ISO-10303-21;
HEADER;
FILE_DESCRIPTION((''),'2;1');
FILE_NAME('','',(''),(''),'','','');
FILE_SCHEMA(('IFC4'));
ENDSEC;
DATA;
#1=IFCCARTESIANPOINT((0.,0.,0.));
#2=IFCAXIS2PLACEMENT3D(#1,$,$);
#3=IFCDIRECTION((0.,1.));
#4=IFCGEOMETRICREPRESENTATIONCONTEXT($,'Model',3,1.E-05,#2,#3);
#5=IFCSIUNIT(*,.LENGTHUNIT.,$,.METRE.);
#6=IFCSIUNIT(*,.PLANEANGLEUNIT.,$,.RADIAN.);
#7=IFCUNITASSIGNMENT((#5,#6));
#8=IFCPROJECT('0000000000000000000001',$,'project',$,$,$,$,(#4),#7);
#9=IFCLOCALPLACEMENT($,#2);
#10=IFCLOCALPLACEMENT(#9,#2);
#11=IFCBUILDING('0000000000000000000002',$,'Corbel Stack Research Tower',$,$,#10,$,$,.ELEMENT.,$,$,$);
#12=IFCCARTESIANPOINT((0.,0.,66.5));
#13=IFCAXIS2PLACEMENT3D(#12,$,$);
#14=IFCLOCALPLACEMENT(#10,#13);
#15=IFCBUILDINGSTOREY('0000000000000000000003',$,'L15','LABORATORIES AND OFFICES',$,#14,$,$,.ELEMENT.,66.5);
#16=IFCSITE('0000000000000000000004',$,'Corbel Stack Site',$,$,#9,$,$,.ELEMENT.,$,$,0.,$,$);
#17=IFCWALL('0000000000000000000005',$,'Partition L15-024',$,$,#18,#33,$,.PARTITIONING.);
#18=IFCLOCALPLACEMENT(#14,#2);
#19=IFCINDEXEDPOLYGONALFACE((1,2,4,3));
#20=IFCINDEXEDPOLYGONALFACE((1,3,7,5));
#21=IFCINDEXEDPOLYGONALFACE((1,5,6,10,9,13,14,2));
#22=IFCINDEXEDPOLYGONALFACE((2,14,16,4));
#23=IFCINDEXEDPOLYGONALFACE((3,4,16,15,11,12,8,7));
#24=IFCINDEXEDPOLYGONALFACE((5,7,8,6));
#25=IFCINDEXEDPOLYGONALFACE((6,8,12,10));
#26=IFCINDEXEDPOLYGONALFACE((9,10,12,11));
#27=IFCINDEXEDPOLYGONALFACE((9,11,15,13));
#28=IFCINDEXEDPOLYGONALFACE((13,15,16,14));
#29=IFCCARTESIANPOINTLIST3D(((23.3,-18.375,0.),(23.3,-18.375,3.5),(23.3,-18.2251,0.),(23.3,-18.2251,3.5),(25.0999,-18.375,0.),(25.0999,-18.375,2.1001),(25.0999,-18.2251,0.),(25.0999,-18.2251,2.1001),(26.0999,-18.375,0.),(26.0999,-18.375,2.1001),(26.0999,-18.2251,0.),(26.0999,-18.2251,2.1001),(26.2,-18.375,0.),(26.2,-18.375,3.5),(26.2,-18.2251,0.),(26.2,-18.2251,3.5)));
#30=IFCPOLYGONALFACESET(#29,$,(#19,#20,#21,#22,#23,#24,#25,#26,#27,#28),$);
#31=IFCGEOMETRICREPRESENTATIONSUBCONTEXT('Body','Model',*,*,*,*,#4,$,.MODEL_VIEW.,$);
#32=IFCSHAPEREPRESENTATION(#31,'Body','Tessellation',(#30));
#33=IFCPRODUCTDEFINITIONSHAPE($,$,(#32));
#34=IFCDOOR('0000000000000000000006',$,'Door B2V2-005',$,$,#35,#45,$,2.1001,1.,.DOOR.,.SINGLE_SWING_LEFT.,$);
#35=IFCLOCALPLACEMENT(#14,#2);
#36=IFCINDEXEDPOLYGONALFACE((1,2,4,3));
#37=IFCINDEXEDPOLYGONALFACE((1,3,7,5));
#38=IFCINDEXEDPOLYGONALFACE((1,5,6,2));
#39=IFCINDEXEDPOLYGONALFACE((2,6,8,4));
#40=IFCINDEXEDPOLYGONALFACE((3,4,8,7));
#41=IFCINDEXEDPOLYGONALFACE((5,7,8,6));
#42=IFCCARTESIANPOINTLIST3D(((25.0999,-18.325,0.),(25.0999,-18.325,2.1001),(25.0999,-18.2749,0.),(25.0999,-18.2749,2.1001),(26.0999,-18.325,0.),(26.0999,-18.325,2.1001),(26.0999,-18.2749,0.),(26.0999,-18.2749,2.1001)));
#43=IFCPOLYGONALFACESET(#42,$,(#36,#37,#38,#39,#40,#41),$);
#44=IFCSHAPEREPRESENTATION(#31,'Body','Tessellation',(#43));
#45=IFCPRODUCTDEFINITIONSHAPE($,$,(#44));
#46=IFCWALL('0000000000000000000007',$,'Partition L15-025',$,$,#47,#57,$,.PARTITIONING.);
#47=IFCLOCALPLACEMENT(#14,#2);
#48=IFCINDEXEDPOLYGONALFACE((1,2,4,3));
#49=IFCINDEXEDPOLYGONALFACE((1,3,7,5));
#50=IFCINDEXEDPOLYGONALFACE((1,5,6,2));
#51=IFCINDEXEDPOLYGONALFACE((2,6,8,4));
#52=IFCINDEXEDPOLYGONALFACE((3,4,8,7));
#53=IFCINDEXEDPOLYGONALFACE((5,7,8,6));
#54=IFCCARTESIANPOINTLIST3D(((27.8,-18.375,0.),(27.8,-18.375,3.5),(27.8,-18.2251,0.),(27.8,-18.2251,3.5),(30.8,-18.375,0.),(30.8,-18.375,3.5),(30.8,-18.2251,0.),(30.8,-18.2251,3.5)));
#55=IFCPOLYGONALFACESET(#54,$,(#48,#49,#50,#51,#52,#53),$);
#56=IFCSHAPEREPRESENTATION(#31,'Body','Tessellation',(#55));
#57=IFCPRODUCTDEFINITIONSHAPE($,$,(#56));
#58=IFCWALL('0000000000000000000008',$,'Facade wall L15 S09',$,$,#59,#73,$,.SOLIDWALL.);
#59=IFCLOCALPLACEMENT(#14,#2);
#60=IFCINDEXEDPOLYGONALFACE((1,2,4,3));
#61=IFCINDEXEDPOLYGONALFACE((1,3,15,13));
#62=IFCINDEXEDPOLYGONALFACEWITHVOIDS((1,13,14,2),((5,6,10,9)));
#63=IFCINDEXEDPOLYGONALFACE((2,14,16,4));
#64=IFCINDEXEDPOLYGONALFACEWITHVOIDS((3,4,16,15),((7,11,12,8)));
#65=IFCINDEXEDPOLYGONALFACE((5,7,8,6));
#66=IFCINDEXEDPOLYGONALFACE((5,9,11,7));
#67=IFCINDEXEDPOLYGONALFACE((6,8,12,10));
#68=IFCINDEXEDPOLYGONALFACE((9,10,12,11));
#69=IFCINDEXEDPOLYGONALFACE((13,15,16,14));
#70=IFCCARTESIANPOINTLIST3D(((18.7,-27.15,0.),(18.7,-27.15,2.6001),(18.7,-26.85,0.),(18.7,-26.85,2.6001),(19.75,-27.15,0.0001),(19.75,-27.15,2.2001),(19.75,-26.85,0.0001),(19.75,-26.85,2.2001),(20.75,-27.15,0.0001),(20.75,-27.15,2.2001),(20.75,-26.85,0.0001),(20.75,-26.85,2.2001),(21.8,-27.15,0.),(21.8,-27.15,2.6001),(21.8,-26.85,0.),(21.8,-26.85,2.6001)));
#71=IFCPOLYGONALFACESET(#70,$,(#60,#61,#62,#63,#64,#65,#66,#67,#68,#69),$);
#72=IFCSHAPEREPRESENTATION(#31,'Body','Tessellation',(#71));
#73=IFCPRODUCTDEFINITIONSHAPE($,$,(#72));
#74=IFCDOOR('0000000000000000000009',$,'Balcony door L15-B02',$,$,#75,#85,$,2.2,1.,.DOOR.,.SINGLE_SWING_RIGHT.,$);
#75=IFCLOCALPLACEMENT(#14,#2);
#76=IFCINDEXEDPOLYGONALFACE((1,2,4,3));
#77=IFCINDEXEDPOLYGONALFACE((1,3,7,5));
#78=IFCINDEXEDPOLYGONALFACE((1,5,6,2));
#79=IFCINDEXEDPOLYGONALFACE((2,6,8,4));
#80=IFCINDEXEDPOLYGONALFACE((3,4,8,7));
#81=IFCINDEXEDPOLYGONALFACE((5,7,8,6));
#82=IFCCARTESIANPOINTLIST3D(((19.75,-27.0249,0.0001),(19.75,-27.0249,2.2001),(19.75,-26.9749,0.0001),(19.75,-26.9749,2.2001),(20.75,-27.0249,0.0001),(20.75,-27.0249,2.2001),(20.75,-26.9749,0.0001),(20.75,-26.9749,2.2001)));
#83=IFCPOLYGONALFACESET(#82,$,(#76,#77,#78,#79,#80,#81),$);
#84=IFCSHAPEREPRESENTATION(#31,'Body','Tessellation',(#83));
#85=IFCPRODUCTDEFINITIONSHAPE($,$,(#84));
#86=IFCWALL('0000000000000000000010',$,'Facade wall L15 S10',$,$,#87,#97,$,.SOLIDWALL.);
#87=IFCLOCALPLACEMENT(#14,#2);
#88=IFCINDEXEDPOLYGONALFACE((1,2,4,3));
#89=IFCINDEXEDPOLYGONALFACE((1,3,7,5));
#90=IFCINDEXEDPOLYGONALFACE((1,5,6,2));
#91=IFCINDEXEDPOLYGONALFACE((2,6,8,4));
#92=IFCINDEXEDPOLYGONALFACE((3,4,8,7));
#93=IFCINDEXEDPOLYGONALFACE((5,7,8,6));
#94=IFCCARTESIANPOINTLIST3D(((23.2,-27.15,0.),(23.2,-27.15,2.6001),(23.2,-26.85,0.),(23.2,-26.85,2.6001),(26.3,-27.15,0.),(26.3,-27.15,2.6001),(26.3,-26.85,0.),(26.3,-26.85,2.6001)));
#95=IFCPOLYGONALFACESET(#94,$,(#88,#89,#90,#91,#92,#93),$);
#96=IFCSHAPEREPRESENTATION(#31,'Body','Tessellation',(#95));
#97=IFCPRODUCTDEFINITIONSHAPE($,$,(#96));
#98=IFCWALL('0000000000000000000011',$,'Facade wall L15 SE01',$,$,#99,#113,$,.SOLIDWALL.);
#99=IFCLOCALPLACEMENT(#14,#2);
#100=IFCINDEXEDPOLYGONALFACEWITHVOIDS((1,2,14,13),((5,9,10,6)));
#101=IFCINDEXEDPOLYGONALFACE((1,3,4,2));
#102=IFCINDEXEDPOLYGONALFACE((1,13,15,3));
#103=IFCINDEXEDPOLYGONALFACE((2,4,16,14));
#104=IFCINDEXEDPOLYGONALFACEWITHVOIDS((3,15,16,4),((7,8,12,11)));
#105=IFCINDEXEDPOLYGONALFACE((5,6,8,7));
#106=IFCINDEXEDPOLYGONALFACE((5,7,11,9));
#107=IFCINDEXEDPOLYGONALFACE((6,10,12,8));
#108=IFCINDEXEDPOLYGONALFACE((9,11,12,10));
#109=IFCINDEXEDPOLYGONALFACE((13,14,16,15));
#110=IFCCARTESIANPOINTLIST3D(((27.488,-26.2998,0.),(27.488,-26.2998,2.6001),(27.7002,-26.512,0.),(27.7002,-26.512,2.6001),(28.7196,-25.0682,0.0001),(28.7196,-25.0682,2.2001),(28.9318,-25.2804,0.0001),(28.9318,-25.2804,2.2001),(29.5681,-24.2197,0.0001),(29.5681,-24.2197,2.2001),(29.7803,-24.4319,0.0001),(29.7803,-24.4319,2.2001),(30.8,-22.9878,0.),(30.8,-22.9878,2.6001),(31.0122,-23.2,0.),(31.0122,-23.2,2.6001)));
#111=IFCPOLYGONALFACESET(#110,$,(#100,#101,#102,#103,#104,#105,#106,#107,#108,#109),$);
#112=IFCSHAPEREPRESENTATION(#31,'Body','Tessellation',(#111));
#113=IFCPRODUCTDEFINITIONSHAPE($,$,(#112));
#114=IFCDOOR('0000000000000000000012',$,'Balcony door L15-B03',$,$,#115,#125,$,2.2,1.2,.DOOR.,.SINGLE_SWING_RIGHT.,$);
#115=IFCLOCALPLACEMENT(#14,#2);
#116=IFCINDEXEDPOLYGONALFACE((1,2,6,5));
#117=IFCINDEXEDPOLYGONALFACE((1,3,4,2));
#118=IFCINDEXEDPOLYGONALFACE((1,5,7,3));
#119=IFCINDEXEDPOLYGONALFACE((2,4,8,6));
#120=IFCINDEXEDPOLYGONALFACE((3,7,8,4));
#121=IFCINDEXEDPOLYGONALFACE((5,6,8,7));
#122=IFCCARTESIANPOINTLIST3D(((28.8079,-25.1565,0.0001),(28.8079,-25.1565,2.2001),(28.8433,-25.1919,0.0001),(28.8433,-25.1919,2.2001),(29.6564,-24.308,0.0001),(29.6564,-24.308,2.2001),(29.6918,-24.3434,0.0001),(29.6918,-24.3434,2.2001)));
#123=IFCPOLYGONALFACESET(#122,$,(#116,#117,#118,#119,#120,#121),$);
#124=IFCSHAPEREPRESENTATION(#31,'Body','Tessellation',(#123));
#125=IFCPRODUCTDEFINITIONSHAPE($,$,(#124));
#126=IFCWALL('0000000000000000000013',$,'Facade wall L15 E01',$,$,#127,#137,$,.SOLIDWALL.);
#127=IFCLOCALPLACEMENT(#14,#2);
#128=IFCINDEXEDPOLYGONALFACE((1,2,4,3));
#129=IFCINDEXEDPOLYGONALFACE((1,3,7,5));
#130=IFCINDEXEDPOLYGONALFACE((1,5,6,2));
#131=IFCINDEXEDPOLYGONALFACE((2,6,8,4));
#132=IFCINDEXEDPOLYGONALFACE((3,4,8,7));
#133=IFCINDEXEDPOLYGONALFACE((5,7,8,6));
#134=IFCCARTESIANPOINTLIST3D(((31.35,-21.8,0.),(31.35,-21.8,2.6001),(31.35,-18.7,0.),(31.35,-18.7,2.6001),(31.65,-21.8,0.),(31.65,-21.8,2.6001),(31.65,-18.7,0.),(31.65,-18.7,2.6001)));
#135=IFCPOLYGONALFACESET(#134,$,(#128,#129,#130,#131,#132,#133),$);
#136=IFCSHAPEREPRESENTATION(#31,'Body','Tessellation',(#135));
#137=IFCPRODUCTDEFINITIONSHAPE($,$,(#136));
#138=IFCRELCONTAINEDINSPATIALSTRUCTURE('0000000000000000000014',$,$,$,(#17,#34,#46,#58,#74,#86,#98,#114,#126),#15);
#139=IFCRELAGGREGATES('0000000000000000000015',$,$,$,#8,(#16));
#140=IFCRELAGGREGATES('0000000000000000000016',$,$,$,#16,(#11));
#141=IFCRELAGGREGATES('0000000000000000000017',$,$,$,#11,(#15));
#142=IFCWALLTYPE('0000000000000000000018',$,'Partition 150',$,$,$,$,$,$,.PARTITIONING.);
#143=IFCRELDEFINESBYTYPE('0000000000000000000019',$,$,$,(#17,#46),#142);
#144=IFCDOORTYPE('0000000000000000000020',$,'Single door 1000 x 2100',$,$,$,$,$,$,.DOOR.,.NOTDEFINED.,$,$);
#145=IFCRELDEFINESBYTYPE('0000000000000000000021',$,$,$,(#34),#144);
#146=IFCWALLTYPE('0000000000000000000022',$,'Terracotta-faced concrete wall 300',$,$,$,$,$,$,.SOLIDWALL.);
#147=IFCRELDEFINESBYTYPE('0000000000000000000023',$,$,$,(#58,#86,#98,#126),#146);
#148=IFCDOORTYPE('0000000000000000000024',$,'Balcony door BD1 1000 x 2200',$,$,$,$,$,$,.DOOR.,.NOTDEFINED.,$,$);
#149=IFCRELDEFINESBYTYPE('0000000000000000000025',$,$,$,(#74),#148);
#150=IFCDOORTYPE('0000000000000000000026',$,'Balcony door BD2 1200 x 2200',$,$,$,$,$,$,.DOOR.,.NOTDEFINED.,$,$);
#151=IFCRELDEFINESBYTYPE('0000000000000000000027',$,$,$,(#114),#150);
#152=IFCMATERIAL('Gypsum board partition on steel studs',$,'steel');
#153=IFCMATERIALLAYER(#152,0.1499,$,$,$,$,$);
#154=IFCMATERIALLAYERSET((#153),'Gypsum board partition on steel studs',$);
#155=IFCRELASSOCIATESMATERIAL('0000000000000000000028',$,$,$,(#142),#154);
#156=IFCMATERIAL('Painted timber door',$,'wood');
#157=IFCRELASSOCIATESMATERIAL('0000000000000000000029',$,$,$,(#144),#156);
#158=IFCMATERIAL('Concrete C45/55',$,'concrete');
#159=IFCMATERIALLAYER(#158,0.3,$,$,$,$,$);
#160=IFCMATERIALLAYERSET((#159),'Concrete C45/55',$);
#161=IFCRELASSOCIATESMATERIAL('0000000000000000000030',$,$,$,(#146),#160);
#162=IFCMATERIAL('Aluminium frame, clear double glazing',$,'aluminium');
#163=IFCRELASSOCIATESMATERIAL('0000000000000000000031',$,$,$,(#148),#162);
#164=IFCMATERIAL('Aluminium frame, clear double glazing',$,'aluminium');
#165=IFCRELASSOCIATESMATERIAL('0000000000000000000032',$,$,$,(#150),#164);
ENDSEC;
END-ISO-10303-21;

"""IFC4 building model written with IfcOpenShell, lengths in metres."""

from ifc_helpers import new_model, si_unit, direction, frame, frame_2d, origin, place, context, subcontext, project, spatial, rectangle, extrude, material, layer, layer_set, type_object, element, fill, save


model = new_model("IFC4")

# Units and contexts
model_context = context("Model", 3, precision=1e-05, world=origin(), true_north=direction((0.0, 1.0)))
body_context = subcontext(model_context, "Body", "Model", "MODEL_VIEW")
ifc_project = project(units=[si_unit("LENGTHUNIT", "METRE"), si_unit("PLANEANGLEUNIT", "RADIAN")], contexts=[model_context])

# Site, building, storey
site_placement = place(None, origin())
site = spatial("IfcSite", under=ifc_project, at=site_placement, Name="Corbel Stack Site", CompositionType="ELEMENT", RefElevation=0.0)
building_placement = place(site_placement, origin())
building = spatial("IfcBuilding", under=site, at=building_placement, Name="Corbel Stack Research Tower", CompositionType="ELEMENT")
storey_placement = place(building_placement, frame((0.0, 0.0, 66.5)))
storey = spatial("IfcBuildingStorey", under=building, at=storey_placement, Name="L15", Description="LABORATORIES AND OFFICES", CompositionType="ELEMENT", Elevation=66.5)

# Shared definitions
ifc_material_1 = material(Name="Gypsum board partition on steel studs", Category="steel")
ifc_layer_1 = layer(ifc_material_1, 0.1499)
ifc_layer_set_1 = layer_set([ifc_layer_1], Name="Gypsum board partition on steel studs")
wall_type_1 = type_object("IfcWallType", Name="Partition 150", PredefinedType="PARTITIONING", material=ifc_layer_set_1)

# Wall, opening, door
wall_1_placement = place(storey_placement, frame((26.2, -18.3, 0.0), z_axis=(0.0, 0.0, 1.0), x_axis=(-1.0, 0.0, 0.0)))
wall_1 = element("IfcWall", 1, at=wall_1_placement, inside=storey, type_object=wall_type_1, Name="Partition L15-024", PredefinedType="PARTITIONING", context=body_context, shape_type="SweptSolid", body=[
    extrude(rectangle(XDim=2.8999, YDim=0.1499, at=frame_2d((1.45, 0.0))), origin(), (0.0, 0.0, 1.0), 3.5),
])
opening_1_placement = place(wall_1_placement, frame((0.1001, 0.0, 0.0)))
opening_1 = element("IfcOpeningElement", 2, at=opening_1_placement, cuts=wall_1, PredefinedType="OPENING", context=body_context, shape_type="SweptSolid", body=[
    extrude(rectangle(XDim=1.0, YDim=2.1001, at=frame_2d((0.5, 1.05))), frame((0.0, 0.085, 0.0), z_axis=(0.0, -1.0, 0.0), x_axis=(1.0, 0.0, 0.0)), (0.0, 0.0, 1.0), 0.1699),
])
ifc_material_2 = material(Name="Painted timber door", Category="wood")
door_type_1 = type_object("IfcDoorType", Name="Single door 1000 x 2100", OperationType="NOTDEFINED", PredefinedType="DOOR", material=ifc_material_2)
door_1_placement = place(opening_1_placement, origin())
door_1 = element("IfcDoor", 3, at=door_1_placement, inside=storey, type_object=door_type_1, Name="Door B2V2-005", OperationType="SINGLE_SWING_LEFT", OverallHeight=2.1001, OverallWidth=1.0, PredefinedType="DOOR", context=body_context, shape_type="SweptSolid", body=[
    extrude(rectangle(XDim=1.0, YDim=2.1001, at=frame_2d((0.5, 1.05))), frame((0.0, 0.0249, 0.0), z_axis=(0.0, -1.0, 0.0), x_axis=(1.0, 0.0, 0.0)), (0.0, 0.0, 1.0), 0.05),
])
fill(opening_1, door_1)

# Wall
wall_2_placement = place(storey_placement, frame((27.8, -18.3, 0.0), z_axis=(0.0, 0.0, 1.0), x_axis=(1.0, 0.0, 0.0)))
element("IfcWall", 4, at=wall_2_placement, inside=storey, type_object=wall_type_1, Name="Partition L15-025", PredefinedType="PARTITIONING", context=body_context, shape_type="SweptSolid", body=[
    extrude(rectangle(XDim=3.0, YDim=0.1499, at=frame_2d((1.5, 0.0))), origin(), (0.0, 0.0, 1.0), 3.5),
])

# Wall, opening, door
ifc_material_3 = material(Name="Concrete C45/55", Category="concrete")
ifc_layer_2 = layer(ifc_material_3, 0.3)
ifc_layer_set_2 = layer_set([ifc_layer_2], Name="Concrete C45/55")
wall_type_2 = type_object("IfcWallType", Name="Terracotta-faced concrete wall 300", PredefinedType="SOLIDWALL", material=ifc_layer_set_2)
wall_3_placement = place(storey_placement, frame((21.8, -27.0, 0.0), z_axis=(0.0, 0.0, 1.0), x_axis=(-1.0, 0.0, 0.0)))
wall_3 = element("IfcWall", 5, at=wall_3_placement, inside=storey, type_object=wall_type_2, Name="Facade wall L15 S09", PredefinedType="SOLIDWALL", context=body_context, shape_type="SweptSolid", body=[
    extrude(rectangle(XDim=3.1001, YDim=0.3, at=frame_2d((1.55, 0.0))), origin(), (0.0, 0.0, 1.0), 2.6001),
])
opening_2_placement = place(wall_3_placement, frame((1.05, 0.0, 0.0)))
opening_2 = element("IfcOpeningElement", 6, at=opening_2_placement, cuts=wall_3, PredefinedType="OPENING", context=body_context, shape_type="SweptSolid", body=[
    extrude(rectangle(XDim=1.0, YDim=2.2, at=frame_2d((0.5, 1.1001))), frame((0.0, 0.1599, 0.0), z_axis=(0.0, -1.0, 0.0), x_axis=(1.0, 0.0, 0.0)), (0.0, 0.0, 1.0), 0.3201),
])
ifc_material_4 = material(Name="Aluminium frame, clear double glazing", Category="aluminium")
door_type_2 = type_object("IfcDoorType", Name="Balcony door BD1 1000 x 2200", OperationType="NOTDEFINED", PredefinedType="DOOR", material=ifc_material_4)
door_2_placement = place(opening_2_placement, origin())
door_2 = element("IfcDoor", 7, at=door_2_placement, inside=storey, type_object=door_type_2, Name="Balcony door L15-B02", OperationType="SINGLE_SWING_RIGHT", OverallHeight=2.2, OverallWidth=1.0, PredefinedType="DOOR", context=body_context, shape_type="SweptSolid", body=[
    extrude(rectangle(XDim=1.0, YDim=2.2, at=frame_2d((0.5, 1.1001))), frame((0.0, 0.0249, 0.0), z_axis=(0.0, -1.0, 0.0), x_axis=(1.0, 0.0, 0.0)), (0.0, 0.0, 1.0), 0.05),
])
fill(opening_2, door_2)

# Wall
wall_4_placement = place(storey_placement, frame((26.3, -27.0, 0.0), z_axis=(0.0, 0.0, 1.0), x_axis=(-1.0, 0.0, 0.0)))
element("IfcWall", 8, at=wall_4_placement, inside=storey, type_object=wall_type_2, Name="Facade wall L15 S10", PredefinedType="SOLIDWALL", context=body_context, shape_type="SweptSolid", body=[
    extrude(rectangle(XDim=3.1001, YDim=0.3, at=frame_2d((1.55, 0.0))), origin(), (0.0, 0.0, 1.0), 2.6001),
])

# Wall, opening, door
wall_5_placement = place(storey_placement, frame((30.906, -23.094, 0.0), z_axis=(0.0, 0.0, 1.0), x_axis=(-0.707107, -0.707107, 0.0)))
wall_5 = element("IfcWall", 9, at=wall_5_placement, inside=storey, type_object=wall_type_2, Name="Facade wall L15 SE01", PredefinedType="SOLIDWALL", context=body_context, shape_type="SweptSolid", body=[
    extrude(rectangle(XDim=4.6838, YDim=0.3, at=frame_2d((2.3418, 0.0))), origin(), (0.0, 0.0, 1.0), 2.6001),
])
opening_3_placement = place(wall_5_placement, frame((1.7419, 0.0, 0.0)))
opening_3 = element("IfcOpeningElement", 10, at=opening_3_placement, cuts=wall_5, PredefinedType="OPENING", context=body_context, shape_type="SweptSolid", body=[
    extrude(rectangle(XDim=1.2, YDim=2.2, at=frame_2d((0.6001, 1.1001))), frame((0.0, 0.1599, 0.0), z_axis=(0.0, -1.0, 0.0), x_axis=(1.0, 0.0, 0.0)), (0.0, 0.0, 1.0), 0.3201),
])
ifc_material_5 = material(Name="Aluminium frame, clear double glazing", Category="aluminium")
door_type_3 = type_object("IfcDoorType", Name="Balcony door BD2 1200 x 2200", OperationType="NOTDEFINED", PredefinedType="DOOR", material=ifc_material_5)
door_3_placement = place(opening_3_placement, origin())
door_3 = element("IfcDoor", 11, at=door_3_placement, inside=storey, type_object=door_type_3, Name="Balcony door L15-B03", OperationType="SINGLE_SWING_RIGHT", OverallHeight=2.2, OverallWidth=1.2, PredefinedType="DOOR", context=body_context, shape_type="SweptSolid", body=[
    extrude(rectangle(XDim=1.2, YDim=2.2, at=frame_2d((0.6001, 1.1001))), frame((0.0, 0.0249, 0.0), z_axis=(0.0, -1.0, 0.0), x_axis=(1.0, 0.0, 0.0)), (0.0, 0.0, 1.0), 0.05),
])
fill(opening_3, door_3)

# Wall
wall_6_placement = place(storey_placement, frame((31.5, -18.7, 0.0), z_axis=(0.0, 0.0, 1.0), x_axis=(0.0, -1.0, 0.0)))
element("IfcWall", 12, at=wall_6_placement, inside=storey, type_object=wall_type_2, Name="Facade wall L15 E01", PredefinedType="SOLIDWALL", context=body_context, shape_type="SweptSolid", body=[
    extrude(rectangle(XDim=3.1001, YDim=0.3, at=frame_2d((1.55, 0.0))), origin(), (0.0, 0.0, 1.0), 2.6001),
])

save(model, "model.ifc")
